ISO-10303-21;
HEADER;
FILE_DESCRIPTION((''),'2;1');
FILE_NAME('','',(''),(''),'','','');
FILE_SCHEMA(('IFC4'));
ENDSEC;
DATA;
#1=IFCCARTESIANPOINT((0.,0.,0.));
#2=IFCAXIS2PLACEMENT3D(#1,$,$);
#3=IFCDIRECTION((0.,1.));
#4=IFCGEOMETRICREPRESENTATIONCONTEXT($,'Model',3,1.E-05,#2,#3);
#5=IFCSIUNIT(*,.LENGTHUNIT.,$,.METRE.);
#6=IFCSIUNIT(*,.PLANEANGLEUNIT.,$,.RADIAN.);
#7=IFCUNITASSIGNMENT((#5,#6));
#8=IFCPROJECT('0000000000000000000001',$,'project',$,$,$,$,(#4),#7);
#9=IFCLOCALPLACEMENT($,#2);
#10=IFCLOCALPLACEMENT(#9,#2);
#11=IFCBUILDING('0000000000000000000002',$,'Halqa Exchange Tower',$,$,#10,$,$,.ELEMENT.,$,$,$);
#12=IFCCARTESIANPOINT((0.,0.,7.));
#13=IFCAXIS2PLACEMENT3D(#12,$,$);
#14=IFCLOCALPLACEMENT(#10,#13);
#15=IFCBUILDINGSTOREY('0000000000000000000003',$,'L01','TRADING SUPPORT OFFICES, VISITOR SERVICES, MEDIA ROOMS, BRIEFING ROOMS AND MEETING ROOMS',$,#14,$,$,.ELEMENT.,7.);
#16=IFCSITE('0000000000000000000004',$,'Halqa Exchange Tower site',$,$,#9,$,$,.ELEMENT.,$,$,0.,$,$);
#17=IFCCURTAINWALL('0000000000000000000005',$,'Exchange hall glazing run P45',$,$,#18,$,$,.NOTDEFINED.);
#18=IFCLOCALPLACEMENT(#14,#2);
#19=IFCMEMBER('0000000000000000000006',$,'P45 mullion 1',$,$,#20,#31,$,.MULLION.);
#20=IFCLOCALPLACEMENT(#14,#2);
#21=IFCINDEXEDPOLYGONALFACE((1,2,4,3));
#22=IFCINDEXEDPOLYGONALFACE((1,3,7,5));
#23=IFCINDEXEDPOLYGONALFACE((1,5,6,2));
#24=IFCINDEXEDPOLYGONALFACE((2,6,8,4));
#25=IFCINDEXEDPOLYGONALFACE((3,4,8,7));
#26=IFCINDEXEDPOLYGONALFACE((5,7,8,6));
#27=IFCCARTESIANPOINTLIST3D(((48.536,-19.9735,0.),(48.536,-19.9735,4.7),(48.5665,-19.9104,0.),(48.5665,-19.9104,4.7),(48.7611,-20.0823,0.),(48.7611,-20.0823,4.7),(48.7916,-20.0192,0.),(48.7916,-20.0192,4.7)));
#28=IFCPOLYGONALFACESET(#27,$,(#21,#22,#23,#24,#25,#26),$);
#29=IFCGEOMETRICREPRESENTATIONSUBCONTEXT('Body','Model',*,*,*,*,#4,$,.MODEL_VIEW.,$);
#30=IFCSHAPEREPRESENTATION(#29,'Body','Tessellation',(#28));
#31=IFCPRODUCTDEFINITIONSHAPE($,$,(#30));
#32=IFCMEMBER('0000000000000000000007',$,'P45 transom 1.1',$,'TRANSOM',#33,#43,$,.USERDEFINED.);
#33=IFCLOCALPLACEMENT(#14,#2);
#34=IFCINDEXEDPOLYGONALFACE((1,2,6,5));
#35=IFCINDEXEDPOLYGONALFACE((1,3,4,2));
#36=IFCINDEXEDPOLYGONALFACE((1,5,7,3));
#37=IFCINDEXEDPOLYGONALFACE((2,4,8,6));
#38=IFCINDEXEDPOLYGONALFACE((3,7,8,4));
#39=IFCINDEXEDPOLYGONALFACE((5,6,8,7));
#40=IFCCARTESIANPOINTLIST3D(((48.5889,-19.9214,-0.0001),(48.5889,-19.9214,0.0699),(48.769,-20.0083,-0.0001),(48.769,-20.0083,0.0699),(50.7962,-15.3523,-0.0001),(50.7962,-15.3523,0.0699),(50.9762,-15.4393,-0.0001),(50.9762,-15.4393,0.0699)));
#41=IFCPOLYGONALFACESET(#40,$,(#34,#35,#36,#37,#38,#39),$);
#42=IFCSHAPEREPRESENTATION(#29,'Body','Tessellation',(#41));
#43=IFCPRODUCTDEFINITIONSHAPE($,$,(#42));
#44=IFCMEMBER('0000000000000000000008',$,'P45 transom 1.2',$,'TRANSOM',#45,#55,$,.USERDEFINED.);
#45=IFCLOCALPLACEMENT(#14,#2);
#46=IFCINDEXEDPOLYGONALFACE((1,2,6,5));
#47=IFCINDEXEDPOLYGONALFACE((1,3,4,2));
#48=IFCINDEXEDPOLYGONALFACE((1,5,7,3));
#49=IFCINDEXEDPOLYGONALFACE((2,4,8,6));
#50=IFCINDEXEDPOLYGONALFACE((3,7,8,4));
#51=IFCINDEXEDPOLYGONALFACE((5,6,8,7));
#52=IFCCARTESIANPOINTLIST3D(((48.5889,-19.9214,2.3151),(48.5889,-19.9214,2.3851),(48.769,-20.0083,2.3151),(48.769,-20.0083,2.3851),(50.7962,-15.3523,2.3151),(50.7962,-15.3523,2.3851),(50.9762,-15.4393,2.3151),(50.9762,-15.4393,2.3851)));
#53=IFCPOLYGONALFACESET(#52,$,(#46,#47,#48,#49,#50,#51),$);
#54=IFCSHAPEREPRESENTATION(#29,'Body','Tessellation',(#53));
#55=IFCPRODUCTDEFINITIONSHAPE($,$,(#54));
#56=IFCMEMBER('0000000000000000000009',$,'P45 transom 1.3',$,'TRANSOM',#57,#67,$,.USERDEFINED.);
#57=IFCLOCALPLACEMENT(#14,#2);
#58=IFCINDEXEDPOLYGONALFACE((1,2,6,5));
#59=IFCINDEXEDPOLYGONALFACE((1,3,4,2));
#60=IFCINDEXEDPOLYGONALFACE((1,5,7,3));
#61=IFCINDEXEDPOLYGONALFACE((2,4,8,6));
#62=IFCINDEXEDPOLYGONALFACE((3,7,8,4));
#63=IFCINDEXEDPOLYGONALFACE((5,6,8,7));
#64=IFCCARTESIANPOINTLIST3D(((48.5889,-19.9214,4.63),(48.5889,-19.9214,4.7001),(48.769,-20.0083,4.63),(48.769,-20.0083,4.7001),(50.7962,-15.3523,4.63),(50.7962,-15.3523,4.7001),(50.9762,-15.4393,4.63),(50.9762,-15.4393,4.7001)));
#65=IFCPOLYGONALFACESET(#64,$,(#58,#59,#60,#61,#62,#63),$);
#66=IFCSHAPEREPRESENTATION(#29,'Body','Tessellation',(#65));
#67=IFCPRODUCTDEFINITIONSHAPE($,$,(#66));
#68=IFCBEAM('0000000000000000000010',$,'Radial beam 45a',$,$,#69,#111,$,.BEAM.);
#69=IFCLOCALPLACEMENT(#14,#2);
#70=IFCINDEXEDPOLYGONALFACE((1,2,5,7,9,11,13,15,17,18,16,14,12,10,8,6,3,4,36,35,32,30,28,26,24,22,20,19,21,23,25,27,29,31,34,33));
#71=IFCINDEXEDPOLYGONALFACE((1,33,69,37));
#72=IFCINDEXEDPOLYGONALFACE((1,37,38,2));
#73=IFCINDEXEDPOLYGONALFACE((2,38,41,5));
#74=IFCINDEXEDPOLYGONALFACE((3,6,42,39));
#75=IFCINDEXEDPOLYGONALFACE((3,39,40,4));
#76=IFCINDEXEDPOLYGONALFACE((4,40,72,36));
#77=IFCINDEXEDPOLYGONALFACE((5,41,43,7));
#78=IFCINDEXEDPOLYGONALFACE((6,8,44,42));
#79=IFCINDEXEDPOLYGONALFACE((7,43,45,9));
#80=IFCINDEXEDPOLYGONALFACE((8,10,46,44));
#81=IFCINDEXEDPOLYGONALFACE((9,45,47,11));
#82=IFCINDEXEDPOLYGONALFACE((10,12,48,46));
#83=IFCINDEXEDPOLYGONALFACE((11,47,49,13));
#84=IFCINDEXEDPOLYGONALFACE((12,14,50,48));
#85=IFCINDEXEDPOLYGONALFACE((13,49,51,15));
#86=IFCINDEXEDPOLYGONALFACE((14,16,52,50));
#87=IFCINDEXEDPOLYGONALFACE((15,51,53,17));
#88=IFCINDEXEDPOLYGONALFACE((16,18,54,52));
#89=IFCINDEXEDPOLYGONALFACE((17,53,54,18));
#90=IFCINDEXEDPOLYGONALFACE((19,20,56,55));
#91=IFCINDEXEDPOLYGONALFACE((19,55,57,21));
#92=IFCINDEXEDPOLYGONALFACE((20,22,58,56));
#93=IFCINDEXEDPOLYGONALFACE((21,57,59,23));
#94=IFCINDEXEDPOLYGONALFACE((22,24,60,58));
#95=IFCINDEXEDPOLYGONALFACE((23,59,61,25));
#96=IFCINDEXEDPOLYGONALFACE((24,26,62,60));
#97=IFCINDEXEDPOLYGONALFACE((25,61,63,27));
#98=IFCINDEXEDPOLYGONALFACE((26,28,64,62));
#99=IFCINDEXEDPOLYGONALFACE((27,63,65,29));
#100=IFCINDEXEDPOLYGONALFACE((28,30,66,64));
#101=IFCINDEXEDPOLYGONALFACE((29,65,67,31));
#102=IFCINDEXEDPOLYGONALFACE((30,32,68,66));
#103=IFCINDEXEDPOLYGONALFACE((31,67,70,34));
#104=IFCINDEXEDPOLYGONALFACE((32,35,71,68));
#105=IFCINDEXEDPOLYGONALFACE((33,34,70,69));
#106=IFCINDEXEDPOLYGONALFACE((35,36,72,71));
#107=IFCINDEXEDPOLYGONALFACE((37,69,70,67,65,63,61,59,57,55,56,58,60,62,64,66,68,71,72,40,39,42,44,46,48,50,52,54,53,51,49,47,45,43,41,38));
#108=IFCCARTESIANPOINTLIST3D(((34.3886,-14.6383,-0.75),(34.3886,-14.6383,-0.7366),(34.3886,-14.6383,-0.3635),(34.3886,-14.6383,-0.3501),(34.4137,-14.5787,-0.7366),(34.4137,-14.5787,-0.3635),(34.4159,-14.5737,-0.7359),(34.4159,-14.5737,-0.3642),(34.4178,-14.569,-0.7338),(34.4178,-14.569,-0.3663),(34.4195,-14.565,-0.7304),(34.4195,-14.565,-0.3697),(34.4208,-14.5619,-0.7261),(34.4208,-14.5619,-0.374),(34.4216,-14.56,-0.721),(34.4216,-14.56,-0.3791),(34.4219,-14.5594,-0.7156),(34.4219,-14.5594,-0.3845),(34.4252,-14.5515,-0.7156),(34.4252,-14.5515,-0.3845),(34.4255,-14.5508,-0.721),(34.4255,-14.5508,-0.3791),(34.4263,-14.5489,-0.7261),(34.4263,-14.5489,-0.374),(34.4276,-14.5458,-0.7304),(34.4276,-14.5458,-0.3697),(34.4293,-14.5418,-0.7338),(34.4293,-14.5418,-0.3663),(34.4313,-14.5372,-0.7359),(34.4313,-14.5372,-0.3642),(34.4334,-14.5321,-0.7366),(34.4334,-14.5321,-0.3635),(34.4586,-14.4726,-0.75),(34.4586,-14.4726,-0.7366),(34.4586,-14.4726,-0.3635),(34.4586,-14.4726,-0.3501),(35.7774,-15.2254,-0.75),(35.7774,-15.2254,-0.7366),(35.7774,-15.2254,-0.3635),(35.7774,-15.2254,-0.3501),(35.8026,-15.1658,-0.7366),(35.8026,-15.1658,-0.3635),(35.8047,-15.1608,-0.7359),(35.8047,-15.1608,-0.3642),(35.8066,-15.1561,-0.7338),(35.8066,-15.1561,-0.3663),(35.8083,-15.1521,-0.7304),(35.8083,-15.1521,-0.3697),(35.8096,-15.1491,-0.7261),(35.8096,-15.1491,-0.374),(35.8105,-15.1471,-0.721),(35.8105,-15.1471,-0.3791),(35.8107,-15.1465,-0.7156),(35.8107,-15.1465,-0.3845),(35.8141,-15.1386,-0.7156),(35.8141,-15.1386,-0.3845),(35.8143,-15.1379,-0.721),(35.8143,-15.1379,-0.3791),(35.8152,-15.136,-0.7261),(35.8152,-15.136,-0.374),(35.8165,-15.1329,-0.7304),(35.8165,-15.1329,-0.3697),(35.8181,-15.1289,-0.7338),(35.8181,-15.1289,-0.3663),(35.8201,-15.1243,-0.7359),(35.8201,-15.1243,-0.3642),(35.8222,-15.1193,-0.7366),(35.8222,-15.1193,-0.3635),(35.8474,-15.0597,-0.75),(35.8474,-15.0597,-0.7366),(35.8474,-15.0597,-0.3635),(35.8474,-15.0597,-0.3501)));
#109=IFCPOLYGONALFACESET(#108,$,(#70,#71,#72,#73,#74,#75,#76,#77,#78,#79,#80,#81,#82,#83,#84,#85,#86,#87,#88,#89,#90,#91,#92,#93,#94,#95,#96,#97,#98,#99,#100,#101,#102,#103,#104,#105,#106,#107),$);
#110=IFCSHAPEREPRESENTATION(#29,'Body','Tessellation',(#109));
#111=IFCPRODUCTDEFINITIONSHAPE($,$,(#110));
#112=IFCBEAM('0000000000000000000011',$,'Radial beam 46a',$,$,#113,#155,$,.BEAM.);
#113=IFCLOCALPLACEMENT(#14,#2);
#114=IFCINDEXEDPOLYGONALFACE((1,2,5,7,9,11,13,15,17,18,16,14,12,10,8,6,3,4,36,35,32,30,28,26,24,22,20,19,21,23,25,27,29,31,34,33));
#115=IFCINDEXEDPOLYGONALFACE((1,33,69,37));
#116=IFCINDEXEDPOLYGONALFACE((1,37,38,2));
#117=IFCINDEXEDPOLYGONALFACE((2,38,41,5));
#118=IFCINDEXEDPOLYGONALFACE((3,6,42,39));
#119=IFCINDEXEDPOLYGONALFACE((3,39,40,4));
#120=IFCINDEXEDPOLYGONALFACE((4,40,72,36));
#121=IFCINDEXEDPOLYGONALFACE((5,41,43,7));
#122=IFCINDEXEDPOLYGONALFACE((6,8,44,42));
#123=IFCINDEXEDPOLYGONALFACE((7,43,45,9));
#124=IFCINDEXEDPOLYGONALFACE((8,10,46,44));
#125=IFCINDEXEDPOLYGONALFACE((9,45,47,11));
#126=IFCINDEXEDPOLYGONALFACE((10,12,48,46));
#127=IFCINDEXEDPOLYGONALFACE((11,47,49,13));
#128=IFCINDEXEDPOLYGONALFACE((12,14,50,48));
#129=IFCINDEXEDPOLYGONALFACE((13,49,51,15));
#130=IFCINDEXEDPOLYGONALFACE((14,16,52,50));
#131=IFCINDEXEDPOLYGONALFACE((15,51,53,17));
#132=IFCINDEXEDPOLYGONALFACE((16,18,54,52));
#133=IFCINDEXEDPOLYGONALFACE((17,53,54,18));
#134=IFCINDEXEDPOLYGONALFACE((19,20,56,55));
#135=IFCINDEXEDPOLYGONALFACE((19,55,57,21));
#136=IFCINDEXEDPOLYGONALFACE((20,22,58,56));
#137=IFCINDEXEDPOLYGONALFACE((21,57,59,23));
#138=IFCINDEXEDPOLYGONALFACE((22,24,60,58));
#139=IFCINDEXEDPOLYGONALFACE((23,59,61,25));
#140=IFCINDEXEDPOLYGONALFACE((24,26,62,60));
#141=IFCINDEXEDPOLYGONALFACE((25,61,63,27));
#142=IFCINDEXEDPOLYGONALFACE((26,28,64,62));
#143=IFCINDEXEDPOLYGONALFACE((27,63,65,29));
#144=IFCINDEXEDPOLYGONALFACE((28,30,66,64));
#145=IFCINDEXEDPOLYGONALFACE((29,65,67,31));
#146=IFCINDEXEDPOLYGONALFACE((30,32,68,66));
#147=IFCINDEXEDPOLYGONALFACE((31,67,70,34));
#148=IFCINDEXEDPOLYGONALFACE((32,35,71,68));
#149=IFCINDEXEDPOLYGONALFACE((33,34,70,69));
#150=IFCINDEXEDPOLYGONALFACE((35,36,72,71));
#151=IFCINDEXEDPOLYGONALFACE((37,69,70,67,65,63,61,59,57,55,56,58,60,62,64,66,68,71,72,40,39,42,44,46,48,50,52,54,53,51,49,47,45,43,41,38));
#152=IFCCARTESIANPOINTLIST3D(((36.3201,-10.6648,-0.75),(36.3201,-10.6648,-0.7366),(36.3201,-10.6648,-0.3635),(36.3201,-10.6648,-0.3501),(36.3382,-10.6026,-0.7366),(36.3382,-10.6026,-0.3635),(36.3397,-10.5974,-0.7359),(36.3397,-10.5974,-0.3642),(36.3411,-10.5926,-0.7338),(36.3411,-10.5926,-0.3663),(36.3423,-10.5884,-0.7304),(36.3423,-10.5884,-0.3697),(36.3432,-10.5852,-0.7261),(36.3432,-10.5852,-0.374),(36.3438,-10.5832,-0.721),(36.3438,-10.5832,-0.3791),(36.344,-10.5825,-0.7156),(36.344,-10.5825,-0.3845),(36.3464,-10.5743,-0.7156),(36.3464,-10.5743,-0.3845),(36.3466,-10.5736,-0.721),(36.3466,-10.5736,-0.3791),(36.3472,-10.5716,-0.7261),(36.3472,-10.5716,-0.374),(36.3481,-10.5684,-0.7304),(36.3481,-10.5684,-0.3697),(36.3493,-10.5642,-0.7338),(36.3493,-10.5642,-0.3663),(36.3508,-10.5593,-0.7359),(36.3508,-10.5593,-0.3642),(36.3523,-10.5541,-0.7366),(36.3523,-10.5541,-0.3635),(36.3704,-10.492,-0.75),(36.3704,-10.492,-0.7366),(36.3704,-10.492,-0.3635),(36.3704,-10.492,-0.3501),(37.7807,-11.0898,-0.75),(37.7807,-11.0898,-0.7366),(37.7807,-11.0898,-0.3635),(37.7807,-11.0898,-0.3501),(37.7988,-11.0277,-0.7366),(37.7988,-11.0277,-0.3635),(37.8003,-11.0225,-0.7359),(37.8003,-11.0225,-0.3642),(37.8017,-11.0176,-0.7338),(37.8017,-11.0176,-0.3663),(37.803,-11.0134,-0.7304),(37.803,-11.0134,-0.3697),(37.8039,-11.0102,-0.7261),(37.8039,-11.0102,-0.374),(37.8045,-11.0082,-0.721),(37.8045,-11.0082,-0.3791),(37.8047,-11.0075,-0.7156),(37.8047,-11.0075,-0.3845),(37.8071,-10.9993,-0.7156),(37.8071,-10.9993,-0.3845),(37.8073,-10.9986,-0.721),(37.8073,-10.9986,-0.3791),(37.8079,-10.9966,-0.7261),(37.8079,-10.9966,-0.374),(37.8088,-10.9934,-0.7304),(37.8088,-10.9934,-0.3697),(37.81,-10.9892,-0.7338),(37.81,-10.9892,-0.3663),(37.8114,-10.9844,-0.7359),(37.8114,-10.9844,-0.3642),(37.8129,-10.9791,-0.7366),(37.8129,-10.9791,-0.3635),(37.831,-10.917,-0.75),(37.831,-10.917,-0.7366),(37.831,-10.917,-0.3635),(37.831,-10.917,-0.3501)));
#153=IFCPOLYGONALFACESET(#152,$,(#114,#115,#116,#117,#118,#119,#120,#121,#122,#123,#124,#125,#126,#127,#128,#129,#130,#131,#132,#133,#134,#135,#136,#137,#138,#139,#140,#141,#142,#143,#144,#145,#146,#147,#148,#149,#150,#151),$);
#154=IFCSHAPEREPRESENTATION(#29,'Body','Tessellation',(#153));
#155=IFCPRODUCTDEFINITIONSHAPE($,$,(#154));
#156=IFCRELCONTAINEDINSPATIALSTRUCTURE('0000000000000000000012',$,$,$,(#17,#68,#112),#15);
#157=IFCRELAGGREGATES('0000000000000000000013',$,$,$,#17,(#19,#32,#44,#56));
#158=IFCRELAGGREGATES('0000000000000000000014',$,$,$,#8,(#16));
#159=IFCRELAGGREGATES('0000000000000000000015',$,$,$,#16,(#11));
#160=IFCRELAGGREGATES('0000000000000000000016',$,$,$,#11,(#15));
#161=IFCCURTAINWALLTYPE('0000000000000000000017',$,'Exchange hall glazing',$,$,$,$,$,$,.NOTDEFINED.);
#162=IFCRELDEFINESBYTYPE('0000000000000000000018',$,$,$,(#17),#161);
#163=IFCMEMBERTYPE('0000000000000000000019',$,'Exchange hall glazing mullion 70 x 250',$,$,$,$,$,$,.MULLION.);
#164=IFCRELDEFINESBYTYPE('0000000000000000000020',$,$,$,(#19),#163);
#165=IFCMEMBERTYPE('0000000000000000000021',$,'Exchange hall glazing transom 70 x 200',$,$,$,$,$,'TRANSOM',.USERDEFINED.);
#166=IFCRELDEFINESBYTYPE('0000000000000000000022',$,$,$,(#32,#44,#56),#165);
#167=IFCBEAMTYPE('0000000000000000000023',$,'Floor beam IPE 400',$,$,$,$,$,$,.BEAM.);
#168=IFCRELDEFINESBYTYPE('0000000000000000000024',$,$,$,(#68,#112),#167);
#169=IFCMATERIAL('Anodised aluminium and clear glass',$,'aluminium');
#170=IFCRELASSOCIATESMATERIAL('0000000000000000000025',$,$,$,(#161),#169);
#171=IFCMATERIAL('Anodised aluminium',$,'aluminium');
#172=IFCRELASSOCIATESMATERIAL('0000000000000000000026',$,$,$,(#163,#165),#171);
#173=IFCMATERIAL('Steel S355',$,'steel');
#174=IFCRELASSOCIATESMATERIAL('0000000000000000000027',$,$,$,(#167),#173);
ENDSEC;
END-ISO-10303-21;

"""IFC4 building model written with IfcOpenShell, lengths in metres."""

from ifc_helpers import new_model, si_unit, direction, frame, origin, origin_2d, place, context, subcontext, project, spatial, rectangle, i_section, extrude, material, material_profile, profile_set, type_object, element, aggregate, save


model = new_model("IFC4")

# Units and contexts
model_context = context("Model", 3, precision=1e-05, world=origin(), true_north=direction((0.0, 1.0)))
body_context = subcontext(model_context, "Body", "Model", "MODEL_VIEW")
ifc_project = project(units=[si_unit("LENGTHUNIT", "METRE"), si_unit("PLANEANGLEUNIT", "RADIAN")], contexts=[model_context])

# Site, building, storey
site_placement = place(None, origin())
site = spatial("IfcSite", under=ifc_project, at=site_placement, Name="Halqa Exchange Tower site", CompositionType="ELEMENT", RefElevation=0.0)
building_placement = place(site_placement, origin())
building = spatial("IfcBuilding", under=site, at=building_placement, Name="Halqa Exchange Tower", CompositionType="ELEMENT")
storey_placement = place(building_placement, frame((0.0, 0.0, 7.0)))
storey = spatial("IfcBuildingStorey", under=building, at=storey_placement, Name="L01", Description="TRADING SUPPORT OFFICES, VISITOR SERVICES, MEDIA ROOMS, BRIEFING ROOMS AND MEETING ROOMS", CompositionType="ELEMENT", Elevation=7.0)

# Curtain wall, members
ifc_material_1 = material(Name="Anodised aluminium and clear glass", Category="aluminium")
curtain_wall_type = type_object("IfcCurtainWallType", Name="Exchange hall glazing", PredefinedType="NOTDEFINED", material=ifc_material_1)
curtain_wall_placement = place(storey_placement, origin())
curtain_wall = element("IfcCurtainWall", 1, at=curtain_wall_placement, inside=storey, type_object=curtain_wall_type, Name="Exchange hall glazing run P45", PredefinedType="NOTDEFINED")
ifc_material_2 = material(Name="Anodised aluminium", Category="aluminium")
ifc_material_profile_1 = material_profile(ifc_material_2, rectangle(XDim=0.25, YDim=0.0701, at=origin_2d()), Name="AL 70x250")
ifc_profile_set_1 = profile_set([ifc_material_profile_1], Name="Anodised aluminium")
member_type_1 = type_object("IfcMemberType", Name="Exchange hall glazing mullion 70 x 250", PredefinedType="MULLION", material=ifc_profile_set_1)
member_1_placement = place(storey_placement, frame((48.6638, -19.9963, 0.0), z_axis=(0.0, 0.0, 1.0), x_axis=(-0.900435, 0.43499, 0.0)))
member_1 = element("IfcMember", 2, at=member_1_placement, type_object=member_type_1, Name="P45 mullion 1", PredefinedType="MULLION", context=body_context, shape_type="SweptSolid", body=[
    extrude(rectangle(XDim=0.25, YDim=0.0701, at=origin_2d()), origin(), (0.0, 0.0, 1.0), 4.7),
])
ifc_material_profile_2 = material_profile(ifc_material_2, rectangle(XDim=0.2, YDim=0.0701, at=origin_2d()), Name="AL 70x200")
ifc_profile_set_2 = profile_set([ifc_material_profile_2], Name="Anodised aluminium")
member_type_2 = type_object("IfcMemberType", Name="Exchange hall glazing transom 70 x 200", ElementType="TRANSOM", PredefinedType="USERDEFINED", material=ifc_profile_set_2)
member_2_placement = place(storey_placement, frame((48.679, -19.9648, 0.0349), z_axis=(0.43499, 0.900435, 0.0), x_axis=(-0.900435, 0.43499, 0.0)))
member_2 = element("IfcMember", 3, at=member_2_placement, type_object=member_type_2, Name="P45 transom 1.1", ObjectType="TRANSOM", PredefinedType="USERDEFINED", context=body_context, shape_type="SweptSolid", body=[
    extrude(rectangle(XDim=0.2, YDim=0.0701, at=origin_2d()), origin(), (0.0, 0.0, 1.0), 5.0742),
])
member_3_placement = place(storey_placement, frame((48.679, -19.9648, 2.3501), z_axis=(0.43499, 0.900435, 0.0), x_axis=(-0.900435, 0.43499, 0.0)))
member_3 = element("IfcMember", 4, at=member_3_placement, type_object=member_type_2, Name="P45 transom 1.2", ObjectType="TRANSOM", PredefinedType="USERDEFINED", context=body_context, shape_type="SweptSolid", body=[
    extrude(rectangle(XDim=0.2, YDim=0.0701, at=origin_2d()), origin(), (0.0, 0.0, 1.0), 5.0742),
])
member_4_placement = place(storey_placement, frame((48.679, -19.9648, 4.665), z_axis=(0.43499, 0.900435, 0.0), x_axis=(-0.900435, 0.43499, 0.0)))
member_4 = element("IfcMember", 5, at=member_4_placement, type_object=member_type_2, Name="P45 transom 1.3", ObjectType="TRANSOM", PredefinedType="USERDEFINED", context=body_context, shape_type="SweptSolid", body=[
    extrude(rectangle(XDim=0.2, YDim=0.0701, at=origin_2d()), origin(), (0.0, 0.0, 1.0), 5.0742),
])

# Beams
ifc_material_3 = material(Name="Steel S355", Category="steel")
ifc_material_profile_3 = material_profile(ifc_material_3, i_section(OverallWidth=0.1799, OverallDepth=0.3999, WebThickness=0.0085, FlangeThickness=0.0134, FilletRadius=0.021, at=origin_2d()), Name="IPE 400")
ifc_profile_set_3 = profile_set([ifc_material_profile_3], Name="Steel S355")
beam_type_1 = type_object("IfcBeamType", Name="Floor beam IPE 400", PredefinedType="BEAM", material=ifc_profile_set_3)
beam_1_placement = place(storey_placement, frame((34.4236, -14.5554, -0.55), z_axis=(0.921077, -0.389381, 0.0), x_axis=(0.389381, 0.921077, 0.0)))
element("IfcBeam", 6, at=beam_1_placement, inside=storey, type_object=beam_type_1, Name="Radial beam 45a", PredefinedType="BEAM", context=body_context, shape_type="SweptSolid", body=[
    extrude(i_section(OverallWidth=0.1799, OverallDepth=0.3999, WebThickness=0.0085, FlangeThickness=0.0134, FilletRadius=0.021, at=origin_2d()), origin(), (0.0, 0.0, 1.0), 1.5078),
])
beam_2_placement = place(storey_placement, frame((36.3452, -10.5784, -0.55), z_axis=(0.960174, -0.279402, 0.0), x_axis=(0.279402, 0.960174, 0.0)))
element("IfcBeam", 7, at=beam_2_placement, inside=storey, type_object=beam_type_1, Name="Radial beam 46a", PredefinedType="BEAM", context=body_context, shape_type="SweptSolid", body=[
    extrude(i_section(OverallWidth=0.1799, OverallDepth=0.3999, WebThickness=0.0085, FlangeThickness=0.0134, FilletRadius=0.021, at=origin_2d()), origin(), (0.0, 0.0, 1.0), 1.5212),
])

aggregate(curtain_wall, [member_1, member_2, member_3, member_4])

save(model, "model.ifc")
